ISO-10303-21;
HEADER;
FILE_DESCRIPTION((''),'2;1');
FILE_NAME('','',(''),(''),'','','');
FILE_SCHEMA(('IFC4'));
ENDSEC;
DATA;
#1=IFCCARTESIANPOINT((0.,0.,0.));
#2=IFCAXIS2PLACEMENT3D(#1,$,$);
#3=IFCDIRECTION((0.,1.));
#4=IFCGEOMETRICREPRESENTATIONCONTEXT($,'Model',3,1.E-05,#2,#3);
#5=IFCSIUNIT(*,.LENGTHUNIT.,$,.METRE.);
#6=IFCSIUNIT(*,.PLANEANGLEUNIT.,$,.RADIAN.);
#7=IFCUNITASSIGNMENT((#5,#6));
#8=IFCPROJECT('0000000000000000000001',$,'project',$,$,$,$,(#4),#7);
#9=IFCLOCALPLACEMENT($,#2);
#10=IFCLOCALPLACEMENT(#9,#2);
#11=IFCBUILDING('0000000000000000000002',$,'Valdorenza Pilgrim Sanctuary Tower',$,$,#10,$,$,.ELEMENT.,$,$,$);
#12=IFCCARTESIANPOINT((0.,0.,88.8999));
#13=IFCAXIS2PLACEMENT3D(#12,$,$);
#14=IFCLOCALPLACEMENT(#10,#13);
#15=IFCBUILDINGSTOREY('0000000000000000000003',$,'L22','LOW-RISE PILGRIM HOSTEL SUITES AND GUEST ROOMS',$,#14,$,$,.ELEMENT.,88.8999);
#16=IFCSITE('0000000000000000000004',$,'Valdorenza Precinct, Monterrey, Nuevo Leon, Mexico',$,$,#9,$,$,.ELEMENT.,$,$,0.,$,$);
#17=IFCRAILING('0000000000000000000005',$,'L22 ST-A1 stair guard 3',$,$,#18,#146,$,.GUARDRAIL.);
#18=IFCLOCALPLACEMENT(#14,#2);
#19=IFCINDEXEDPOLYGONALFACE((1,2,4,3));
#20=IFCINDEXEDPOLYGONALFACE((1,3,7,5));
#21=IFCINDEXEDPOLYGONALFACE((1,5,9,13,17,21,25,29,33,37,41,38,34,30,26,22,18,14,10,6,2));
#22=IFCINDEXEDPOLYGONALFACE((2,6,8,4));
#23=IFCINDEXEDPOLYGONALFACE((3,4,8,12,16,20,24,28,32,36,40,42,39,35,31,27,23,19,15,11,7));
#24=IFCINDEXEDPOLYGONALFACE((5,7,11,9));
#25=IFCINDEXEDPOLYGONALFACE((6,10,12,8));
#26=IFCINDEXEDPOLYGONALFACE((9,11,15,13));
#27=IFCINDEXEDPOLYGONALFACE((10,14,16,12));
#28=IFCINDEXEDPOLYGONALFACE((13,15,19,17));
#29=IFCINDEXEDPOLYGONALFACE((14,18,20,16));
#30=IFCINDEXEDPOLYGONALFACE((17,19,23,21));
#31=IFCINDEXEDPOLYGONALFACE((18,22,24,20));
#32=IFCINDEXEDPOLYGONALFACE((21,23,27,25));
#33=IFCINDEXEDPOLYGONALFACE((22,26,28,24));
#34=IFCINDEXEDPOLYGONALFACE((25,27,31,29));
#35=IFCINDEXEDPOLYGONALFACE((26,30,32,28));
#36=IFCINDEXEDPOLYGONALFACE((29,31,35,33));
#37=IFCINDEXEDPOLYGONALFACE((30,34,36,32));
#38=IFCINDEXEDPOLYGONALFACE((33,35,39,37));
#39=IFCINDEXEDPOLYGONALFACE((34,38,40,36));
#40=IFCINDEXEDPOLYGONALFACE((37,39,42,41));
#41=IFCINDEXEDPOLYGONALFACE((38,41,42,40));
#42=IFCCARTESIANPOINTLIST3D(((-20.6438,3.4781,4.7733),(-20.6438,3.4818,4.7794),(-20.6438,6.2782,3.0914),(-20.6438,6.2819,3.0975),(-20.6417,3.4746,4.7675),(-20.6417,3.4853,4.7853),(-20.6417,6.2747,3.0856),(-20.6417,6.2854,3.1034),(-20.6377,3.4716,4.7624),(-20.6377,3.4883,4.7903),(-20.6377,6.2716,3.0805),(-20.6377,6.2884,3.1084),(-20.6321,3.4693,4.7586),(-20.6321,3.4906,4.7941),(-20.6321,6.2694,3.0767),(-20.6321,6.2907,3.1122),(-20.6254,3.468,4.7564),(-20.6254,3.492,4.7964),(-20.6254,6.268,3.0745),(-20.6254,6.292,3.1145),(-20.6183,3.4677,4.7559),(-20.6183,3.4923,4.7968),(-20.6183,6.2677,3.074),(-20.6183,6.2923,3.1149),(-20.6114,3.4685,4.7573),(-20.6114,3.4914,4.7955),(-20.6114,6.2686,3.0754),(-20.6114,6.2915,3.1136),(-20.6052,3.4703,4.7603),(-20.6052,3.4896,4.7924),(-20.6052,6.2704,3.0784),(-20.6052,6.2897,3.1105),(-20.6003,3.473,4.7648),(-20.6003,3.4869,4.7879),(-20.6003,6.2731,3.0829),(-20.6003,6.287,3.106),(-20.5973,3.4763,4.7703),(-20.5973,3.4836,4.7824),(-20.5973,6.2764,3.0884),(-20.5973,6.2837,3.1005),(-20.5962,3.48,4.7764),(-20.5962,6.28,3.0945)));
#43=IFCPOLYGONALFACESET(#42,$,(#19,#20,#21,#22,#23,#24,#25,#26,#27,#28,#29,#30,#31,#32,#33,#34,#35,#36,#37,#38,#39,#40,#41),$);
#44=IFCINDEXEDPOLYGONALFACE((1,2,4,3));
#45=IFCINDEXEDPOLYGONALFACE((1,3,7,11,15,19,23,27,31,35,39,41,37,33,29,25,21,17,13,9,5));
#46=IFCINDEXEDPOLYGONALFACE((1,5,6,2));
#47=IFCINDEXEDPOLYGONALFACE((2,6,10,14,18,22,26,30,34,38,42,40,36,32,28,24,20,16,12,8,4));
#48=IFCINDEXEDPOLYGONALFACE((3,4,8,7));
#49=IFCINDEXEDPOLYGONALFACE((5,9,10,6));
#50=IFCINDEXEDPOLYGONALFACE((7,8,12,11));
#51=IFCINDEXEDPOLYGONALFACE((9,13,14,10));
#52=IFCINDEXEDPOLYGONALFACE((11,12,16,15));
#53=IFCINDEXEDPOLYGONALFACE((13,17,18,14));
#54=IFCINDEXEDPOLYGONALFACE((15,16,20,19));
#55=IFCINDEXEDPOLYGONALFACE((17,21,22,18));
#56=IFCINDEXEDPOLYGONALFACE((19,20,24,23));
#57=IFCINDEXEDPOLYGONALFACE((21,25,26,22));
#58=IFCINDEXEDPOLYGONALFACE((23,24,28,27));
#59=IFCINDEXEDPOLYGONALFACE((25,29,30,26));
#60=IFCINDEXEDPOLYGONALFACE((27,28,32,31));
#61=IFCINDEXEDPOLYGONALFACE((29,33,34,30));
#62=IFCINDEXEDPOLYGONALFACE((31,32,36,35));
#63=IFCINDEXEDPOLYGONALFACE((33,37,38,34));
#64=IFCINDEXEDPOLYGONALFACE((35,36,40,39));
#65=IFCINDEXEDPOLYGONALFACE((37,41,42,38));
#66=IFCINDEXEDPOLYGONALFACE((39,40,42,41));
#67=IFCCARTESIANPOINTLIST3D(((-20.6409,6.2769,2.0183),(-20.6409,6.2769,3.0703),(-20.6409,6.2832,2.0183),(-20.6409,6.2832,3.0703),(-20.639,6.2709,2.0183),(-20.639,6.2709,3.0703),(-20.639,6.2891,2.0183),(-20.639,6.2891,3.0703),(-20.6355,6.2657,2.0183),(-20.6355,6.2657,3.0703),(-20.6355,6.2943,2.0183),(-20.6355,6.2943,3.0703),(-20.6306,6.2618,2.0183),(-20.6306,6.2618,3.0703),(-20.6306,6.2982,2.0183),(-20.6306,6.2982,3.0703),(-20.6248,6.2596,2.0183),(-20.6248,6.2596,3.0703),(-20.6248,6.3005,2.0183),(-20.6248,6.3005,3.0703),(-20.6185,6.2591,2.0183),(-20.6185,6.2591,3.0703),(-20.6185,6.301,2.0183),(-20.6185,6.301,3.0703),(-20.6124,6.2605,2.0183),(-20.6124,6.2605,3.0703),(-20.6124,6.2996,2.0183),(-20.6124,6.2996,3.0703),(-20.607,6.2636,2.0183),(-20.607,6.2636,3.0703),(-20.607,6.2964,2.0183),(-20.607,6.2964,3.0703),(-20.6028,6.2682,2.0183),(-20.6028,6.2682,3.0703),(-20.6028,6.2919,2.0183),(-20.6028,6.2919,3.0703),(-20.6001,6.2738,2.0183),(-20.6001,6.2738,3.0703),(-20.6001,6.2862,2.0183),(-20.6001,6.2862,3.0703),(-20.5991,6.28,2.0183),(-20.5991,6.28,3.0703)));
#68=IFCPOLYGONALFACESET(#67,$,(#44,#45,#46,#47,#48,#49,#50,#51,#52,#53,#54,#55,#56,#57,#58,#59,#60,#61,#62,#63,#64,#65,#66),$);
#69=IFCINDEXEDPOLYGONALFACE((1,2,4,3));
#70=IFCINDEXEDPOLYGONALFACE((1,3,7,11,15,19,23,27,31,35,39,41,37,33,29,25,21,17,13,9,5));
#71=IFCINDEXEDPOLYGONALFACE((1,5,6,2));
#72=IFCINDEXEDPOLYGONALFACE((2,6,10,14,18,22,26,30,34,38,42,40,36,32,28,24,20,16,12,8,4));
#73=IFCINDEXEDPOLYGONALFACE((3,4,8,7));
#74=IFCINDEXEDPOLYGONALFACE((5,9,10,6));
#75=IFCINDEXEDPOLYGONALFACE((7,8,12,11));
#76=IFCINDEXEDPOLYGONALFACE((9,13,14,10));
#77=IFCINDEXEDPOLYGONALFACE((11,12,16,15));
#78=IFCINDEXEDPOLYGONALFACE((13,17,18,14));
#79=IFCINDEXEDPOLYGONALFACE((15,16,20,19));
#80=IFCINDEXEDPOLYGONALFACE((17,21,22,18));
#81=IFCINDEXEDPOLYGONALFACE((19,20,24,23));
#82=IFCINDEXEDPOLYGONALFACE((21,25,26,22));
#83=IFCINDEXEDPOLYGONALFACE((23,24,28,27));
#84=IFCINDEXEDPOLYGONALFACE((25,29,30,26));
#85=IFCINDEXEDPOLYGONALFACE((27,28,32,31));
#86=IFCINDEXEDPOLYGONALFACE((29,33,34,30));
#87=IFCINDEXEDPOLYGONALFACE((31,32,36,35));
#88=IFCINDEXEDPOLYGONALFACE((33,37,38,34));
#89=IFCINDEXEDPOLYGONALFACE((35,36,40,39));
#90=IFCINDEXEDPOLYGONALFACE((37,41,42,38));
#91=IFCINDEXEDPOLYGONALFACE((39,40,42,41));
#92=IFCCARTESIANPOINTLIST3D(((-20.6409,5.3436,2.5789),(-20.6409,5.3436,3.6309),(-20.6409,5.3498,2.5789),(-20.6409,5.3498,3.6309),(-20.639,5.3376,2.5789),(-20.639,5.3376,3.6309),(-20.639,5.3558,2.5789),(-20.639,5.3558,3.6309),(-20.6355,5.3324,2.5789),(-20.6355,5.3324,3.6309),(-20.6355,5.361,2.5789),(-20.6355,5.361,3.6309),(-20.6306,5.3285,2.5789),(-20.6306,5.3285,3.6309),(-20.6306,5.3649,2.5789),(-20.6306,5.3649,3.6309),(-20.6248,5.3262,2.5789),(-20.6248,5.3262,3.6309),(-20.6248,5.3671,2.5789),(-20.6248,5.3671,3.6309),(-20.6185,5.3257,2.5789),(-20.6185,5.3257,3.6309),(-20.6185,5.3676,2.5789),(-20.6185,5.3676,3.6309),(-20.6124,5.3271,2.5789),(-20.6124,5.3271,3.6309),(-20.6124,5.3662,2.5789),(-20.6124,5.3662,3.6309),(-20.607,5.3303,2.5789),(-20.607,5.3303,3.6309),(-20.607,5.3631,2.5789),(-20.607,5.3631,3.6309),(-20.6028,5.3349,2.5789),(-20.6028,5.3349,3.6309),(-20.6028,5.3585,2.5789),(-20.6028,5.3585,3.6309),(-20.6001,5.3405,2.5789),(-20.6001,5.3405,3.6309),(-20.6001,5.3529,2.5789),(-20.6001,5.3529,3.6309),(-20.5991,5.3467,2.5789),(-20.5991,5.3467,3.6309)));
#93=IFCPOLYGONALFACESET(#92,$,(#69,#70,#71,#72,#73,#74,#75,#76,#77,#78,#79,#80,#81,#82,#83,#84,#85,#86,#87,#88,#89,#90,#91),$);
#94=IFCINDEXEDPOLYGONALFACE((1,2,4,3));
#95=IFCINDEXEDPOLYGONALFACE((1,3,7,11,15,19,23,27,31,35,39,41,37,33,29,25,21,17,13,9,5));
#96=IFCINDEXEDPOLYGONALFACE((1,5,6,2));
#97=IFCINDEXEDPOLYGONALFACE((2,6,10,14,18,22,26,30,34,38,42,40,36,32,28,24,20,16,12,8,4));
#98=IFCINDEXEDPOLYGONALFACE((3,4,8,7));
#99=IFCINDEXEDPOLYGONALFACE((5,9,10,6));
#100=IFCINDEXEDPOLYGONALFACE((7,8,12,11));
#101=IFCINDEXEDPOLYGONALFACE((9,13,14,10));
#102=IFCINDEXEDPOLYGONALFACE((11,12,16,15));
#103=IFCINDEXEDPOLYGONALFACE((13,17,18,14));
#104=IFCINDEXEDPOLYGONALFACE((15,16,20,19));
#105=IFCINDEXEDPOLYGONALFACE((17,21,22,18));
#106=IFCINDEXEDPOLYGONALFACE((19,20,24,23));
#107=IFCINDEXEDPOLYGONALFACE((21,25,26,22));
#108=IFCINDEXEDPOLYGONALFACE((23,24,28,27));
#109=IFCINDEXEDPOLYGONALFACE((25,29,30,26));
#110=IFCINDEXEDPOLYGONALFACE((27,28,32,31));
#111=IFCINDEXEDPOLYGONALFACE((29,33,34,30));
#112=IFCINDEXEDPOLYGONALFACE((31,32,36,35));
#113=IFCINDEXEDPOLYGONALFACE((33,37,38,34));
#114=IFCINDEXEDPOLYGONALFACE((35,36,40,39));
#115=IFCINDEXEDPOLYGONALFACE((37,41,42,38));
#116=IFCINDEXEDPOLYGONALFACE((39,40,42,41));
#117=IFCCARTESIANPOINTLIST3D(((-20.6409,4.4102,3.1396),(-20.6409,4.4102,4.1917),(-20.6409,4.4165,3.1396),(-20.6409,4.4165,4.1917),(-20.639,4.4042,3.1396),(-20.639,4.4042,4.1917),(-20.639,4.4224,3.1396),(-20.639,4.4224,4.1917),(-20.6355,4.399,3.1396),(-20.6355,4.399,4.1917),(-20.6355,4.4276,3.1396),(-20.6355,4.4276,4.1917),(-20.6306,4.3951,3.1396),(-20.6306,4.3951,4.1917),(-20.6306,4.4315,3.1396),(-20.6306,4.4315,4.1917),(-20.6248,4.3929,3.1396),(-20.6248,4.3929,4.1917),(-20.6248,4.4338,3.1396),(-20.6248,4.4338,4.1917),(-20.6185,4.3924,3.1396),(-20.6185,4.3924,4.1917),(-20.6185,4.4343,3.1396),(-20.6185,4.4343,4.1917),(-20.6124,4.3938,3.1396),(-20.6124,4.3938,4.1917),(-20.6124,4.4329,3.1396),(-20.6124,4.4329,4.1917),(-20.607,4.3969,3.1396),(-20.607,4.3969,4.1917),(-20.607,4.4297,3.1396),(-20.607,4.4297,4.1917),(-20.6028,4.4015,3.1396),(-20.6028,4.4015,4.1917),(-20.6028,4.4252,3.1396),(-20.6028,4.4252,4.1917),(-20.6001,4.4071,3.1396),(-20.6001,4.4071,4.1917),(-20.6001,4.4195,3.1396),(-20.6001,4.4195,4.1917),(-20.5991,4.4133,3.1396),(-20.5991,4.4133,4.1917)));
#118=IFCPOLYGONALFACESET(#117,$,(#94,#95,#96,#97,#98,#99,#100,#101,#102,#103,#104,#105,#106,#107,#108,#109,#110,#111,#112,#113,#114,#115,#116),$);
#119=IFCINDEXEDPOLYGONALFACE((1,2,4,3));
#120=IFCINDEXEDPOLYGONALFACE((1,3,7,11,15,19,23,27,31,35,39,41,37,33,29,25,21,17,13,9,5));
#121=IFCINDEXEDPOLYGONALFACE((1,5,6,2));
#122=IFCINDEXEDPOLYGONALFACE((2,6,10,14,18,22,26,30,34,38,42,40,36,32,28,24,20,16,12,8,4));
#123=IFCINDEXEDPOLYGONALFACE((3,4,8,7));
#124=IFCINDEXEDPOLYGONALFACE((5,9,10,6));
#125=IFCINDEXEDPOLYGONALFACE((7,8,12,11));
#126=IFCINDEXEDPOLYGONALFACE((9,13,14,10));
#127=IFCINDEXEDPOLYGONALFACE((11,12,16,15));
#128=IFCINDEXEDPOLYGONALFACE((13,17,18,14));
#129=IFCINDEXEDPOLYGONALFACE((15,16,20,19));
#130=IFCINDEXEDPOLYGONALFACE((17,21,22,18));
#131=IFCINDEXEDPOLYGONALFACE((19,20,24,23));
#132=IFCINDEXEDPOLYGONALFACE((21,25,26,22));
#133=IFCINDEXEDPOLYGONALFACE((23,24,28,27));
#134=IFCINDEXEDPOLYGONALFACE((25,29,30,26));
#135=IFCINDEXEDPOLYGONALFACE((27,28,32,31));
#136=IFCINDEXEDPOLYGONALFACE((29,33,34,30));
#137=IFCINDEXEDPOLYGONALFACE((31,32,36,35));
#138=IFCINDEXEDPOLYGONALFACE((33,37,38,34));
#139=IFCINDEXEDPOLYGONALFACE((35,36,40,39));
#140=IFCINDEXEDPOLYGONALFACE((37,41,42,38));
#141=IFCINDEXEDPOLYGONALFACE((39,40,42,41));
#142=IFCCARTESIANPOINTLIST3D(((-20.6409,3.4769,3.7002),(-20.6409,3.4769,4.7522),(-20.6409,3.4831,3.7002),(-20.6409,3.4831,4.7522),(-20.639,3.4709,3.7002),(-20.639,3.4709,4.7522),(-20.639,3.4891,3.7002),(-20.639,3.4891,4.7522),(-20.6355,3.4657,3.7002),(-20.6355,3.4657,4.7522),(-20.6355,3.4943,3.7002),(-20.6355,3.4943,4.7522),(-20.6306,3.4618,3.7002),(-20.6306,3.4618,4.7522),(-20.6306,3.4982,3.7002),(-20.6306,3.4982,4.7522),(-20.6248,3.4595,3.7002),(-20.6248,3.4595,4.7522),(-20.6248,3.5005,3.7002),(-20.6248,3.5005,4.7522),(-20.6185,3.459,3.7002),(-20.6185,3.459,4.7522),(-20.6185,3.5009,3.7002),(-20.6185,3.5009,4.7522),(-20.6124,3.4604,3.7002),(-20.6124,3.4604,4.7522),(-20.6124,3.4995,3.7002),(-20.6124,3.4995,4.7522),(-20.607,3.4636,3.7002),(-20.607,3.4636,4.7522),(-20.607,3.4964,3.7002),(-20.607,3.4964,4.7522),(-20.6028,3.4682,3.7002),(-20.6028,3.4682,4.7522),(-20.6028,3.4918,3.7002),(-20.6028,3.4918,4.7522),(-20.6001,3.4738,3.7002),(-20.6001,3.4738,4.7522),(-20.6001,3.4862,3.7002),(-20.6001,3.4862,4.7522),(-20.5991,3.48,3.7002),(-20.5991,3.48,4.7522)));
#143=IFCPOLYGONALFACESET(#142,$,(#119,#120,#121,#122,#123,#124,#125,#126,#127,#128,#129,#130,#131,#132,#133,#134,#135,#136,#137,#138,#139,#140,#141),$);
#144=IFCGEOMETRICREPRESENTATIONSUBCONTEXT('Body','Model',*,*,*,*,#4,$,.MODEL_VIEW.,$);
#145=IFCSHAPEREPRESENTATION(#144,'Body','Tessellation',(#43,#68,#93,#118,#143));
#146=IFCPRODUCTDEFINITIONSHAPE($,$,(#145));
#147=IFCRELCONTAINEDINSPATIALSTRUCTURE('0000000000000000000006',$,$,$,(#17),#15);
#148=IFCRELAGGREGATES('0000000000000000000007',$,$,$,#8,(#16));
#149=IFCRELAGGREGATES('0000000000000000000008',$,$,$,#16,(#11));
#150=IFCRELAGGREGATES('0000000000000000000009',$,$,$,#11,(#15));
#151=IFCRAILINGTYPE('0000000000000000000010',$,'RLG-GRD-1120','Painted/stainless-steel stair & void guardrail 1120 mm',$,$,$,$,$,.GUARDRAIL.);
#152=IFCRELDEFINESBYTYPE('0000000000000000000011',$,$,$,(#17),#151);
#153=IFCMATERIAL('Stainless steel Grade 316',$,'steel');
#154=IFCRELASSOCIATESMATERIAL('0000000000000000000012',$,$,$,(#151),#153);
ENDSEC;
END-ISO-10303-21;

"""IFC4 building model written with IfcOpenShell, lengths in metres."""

from ifc_helpers import new_model, si_unit, direction, frame, origin, origin_2d, place, context, subcontext, project, spatial, circle, extrude, material, type_object, element, save


model = new_model("IFC4")

# Units and contexts
model_context = context("Model", 3, precision=1e-05, world=origin(), true_north=direction((0.0, 1.0)))
body_context = subcontext(model_context, "Body", "Model", "MODEL_VIEW")
ifc_project = project(units=[si_unit("LENGTHUNIT", "METRE"), si_unit("PLANEANGLEUNIT", "RADIAN")], contexts=[model_context])

# Site, building, storey
site_placement = place(None, origin())
site = spatial("IfcSite", under=ifc_project, at=site_placement, Name="Valdorenza Precinct, Monterrey, Nuevo Leon, Mexico", CompositionType="ELEMENT", RefElevation=0.0)
building_placement = place(site_placement, origin())
building = spatial("IfcBuilding", under=site, at=building_placement, Name="Valdorenza Pilgrim Sanctuary Tower", CompositionType="ELEMENT")
storey_placement = place(building_placement, frame((0.0, 0.0, 88.8999)))
storey = spatial("IfcBuildingStorey", under=building, at=storey_placement, Name="L22", Description="LOW-RISE PILGRIM HOSTEL SUITES AND GUEST ROOMS", CompositionType="ELEMENT", Elevation=88.8999)

# Railing
ifc_material_1 = material(Name="Stainless steel Grade 316", Category="steel")
railing_type_1 = type_object("IfcRailingType", Name="RLG-GRD-1120", Description="Painted/stainless-steel stair & void guardrail 1120 mm", PredefinedType="GUARDRAIL", material=ifc_material_1)
railing_1_placement = place(storey_placement, frame((-20.6201, 6.28, 2.0183)))
element("IfcRailing", 1, at=railing_1_placement, inside=storey, type_object=railing_type_1, Name="L22 ST-A1 stair guard 3", PredefinedType="GUARDRAIL", context=body_context, shape_type="SweptSolid", body=[
    extrude(circle(Radius=0.0239, at=origin_2d()), frame((0.0, 0.0, 1.0762), z_axis=(0.0, -0.857242, 0.514913), x_axis=(1.0, 0.0, 0.0)), (0.0, 0.0, 1.0), 3.2664),
    extrude(circle(Radius=0.021, at=origin_2d()), origin(), (0.0, 0.0, 1.0), 1.052),
    extrude(circle(Radius=0.021, at=origin_2d()), frame((0.0, -0.9333, 0.5605)), (0.0, 0.0, 1.0), 1.052),
    extrude(circle(Radius=0.021, at=origin_2d()), frame((0.0, -1.8667, 1.1213)), (0.0, 0.0, 1.0), 1.052),
    extrude(circle(Radius=0.021, at=origin_2d()), frame((0.0, -2.8, 1.6819)), (0.0, 0.0, 1.0), 1.052),
])

save(model, "model.ifc")
